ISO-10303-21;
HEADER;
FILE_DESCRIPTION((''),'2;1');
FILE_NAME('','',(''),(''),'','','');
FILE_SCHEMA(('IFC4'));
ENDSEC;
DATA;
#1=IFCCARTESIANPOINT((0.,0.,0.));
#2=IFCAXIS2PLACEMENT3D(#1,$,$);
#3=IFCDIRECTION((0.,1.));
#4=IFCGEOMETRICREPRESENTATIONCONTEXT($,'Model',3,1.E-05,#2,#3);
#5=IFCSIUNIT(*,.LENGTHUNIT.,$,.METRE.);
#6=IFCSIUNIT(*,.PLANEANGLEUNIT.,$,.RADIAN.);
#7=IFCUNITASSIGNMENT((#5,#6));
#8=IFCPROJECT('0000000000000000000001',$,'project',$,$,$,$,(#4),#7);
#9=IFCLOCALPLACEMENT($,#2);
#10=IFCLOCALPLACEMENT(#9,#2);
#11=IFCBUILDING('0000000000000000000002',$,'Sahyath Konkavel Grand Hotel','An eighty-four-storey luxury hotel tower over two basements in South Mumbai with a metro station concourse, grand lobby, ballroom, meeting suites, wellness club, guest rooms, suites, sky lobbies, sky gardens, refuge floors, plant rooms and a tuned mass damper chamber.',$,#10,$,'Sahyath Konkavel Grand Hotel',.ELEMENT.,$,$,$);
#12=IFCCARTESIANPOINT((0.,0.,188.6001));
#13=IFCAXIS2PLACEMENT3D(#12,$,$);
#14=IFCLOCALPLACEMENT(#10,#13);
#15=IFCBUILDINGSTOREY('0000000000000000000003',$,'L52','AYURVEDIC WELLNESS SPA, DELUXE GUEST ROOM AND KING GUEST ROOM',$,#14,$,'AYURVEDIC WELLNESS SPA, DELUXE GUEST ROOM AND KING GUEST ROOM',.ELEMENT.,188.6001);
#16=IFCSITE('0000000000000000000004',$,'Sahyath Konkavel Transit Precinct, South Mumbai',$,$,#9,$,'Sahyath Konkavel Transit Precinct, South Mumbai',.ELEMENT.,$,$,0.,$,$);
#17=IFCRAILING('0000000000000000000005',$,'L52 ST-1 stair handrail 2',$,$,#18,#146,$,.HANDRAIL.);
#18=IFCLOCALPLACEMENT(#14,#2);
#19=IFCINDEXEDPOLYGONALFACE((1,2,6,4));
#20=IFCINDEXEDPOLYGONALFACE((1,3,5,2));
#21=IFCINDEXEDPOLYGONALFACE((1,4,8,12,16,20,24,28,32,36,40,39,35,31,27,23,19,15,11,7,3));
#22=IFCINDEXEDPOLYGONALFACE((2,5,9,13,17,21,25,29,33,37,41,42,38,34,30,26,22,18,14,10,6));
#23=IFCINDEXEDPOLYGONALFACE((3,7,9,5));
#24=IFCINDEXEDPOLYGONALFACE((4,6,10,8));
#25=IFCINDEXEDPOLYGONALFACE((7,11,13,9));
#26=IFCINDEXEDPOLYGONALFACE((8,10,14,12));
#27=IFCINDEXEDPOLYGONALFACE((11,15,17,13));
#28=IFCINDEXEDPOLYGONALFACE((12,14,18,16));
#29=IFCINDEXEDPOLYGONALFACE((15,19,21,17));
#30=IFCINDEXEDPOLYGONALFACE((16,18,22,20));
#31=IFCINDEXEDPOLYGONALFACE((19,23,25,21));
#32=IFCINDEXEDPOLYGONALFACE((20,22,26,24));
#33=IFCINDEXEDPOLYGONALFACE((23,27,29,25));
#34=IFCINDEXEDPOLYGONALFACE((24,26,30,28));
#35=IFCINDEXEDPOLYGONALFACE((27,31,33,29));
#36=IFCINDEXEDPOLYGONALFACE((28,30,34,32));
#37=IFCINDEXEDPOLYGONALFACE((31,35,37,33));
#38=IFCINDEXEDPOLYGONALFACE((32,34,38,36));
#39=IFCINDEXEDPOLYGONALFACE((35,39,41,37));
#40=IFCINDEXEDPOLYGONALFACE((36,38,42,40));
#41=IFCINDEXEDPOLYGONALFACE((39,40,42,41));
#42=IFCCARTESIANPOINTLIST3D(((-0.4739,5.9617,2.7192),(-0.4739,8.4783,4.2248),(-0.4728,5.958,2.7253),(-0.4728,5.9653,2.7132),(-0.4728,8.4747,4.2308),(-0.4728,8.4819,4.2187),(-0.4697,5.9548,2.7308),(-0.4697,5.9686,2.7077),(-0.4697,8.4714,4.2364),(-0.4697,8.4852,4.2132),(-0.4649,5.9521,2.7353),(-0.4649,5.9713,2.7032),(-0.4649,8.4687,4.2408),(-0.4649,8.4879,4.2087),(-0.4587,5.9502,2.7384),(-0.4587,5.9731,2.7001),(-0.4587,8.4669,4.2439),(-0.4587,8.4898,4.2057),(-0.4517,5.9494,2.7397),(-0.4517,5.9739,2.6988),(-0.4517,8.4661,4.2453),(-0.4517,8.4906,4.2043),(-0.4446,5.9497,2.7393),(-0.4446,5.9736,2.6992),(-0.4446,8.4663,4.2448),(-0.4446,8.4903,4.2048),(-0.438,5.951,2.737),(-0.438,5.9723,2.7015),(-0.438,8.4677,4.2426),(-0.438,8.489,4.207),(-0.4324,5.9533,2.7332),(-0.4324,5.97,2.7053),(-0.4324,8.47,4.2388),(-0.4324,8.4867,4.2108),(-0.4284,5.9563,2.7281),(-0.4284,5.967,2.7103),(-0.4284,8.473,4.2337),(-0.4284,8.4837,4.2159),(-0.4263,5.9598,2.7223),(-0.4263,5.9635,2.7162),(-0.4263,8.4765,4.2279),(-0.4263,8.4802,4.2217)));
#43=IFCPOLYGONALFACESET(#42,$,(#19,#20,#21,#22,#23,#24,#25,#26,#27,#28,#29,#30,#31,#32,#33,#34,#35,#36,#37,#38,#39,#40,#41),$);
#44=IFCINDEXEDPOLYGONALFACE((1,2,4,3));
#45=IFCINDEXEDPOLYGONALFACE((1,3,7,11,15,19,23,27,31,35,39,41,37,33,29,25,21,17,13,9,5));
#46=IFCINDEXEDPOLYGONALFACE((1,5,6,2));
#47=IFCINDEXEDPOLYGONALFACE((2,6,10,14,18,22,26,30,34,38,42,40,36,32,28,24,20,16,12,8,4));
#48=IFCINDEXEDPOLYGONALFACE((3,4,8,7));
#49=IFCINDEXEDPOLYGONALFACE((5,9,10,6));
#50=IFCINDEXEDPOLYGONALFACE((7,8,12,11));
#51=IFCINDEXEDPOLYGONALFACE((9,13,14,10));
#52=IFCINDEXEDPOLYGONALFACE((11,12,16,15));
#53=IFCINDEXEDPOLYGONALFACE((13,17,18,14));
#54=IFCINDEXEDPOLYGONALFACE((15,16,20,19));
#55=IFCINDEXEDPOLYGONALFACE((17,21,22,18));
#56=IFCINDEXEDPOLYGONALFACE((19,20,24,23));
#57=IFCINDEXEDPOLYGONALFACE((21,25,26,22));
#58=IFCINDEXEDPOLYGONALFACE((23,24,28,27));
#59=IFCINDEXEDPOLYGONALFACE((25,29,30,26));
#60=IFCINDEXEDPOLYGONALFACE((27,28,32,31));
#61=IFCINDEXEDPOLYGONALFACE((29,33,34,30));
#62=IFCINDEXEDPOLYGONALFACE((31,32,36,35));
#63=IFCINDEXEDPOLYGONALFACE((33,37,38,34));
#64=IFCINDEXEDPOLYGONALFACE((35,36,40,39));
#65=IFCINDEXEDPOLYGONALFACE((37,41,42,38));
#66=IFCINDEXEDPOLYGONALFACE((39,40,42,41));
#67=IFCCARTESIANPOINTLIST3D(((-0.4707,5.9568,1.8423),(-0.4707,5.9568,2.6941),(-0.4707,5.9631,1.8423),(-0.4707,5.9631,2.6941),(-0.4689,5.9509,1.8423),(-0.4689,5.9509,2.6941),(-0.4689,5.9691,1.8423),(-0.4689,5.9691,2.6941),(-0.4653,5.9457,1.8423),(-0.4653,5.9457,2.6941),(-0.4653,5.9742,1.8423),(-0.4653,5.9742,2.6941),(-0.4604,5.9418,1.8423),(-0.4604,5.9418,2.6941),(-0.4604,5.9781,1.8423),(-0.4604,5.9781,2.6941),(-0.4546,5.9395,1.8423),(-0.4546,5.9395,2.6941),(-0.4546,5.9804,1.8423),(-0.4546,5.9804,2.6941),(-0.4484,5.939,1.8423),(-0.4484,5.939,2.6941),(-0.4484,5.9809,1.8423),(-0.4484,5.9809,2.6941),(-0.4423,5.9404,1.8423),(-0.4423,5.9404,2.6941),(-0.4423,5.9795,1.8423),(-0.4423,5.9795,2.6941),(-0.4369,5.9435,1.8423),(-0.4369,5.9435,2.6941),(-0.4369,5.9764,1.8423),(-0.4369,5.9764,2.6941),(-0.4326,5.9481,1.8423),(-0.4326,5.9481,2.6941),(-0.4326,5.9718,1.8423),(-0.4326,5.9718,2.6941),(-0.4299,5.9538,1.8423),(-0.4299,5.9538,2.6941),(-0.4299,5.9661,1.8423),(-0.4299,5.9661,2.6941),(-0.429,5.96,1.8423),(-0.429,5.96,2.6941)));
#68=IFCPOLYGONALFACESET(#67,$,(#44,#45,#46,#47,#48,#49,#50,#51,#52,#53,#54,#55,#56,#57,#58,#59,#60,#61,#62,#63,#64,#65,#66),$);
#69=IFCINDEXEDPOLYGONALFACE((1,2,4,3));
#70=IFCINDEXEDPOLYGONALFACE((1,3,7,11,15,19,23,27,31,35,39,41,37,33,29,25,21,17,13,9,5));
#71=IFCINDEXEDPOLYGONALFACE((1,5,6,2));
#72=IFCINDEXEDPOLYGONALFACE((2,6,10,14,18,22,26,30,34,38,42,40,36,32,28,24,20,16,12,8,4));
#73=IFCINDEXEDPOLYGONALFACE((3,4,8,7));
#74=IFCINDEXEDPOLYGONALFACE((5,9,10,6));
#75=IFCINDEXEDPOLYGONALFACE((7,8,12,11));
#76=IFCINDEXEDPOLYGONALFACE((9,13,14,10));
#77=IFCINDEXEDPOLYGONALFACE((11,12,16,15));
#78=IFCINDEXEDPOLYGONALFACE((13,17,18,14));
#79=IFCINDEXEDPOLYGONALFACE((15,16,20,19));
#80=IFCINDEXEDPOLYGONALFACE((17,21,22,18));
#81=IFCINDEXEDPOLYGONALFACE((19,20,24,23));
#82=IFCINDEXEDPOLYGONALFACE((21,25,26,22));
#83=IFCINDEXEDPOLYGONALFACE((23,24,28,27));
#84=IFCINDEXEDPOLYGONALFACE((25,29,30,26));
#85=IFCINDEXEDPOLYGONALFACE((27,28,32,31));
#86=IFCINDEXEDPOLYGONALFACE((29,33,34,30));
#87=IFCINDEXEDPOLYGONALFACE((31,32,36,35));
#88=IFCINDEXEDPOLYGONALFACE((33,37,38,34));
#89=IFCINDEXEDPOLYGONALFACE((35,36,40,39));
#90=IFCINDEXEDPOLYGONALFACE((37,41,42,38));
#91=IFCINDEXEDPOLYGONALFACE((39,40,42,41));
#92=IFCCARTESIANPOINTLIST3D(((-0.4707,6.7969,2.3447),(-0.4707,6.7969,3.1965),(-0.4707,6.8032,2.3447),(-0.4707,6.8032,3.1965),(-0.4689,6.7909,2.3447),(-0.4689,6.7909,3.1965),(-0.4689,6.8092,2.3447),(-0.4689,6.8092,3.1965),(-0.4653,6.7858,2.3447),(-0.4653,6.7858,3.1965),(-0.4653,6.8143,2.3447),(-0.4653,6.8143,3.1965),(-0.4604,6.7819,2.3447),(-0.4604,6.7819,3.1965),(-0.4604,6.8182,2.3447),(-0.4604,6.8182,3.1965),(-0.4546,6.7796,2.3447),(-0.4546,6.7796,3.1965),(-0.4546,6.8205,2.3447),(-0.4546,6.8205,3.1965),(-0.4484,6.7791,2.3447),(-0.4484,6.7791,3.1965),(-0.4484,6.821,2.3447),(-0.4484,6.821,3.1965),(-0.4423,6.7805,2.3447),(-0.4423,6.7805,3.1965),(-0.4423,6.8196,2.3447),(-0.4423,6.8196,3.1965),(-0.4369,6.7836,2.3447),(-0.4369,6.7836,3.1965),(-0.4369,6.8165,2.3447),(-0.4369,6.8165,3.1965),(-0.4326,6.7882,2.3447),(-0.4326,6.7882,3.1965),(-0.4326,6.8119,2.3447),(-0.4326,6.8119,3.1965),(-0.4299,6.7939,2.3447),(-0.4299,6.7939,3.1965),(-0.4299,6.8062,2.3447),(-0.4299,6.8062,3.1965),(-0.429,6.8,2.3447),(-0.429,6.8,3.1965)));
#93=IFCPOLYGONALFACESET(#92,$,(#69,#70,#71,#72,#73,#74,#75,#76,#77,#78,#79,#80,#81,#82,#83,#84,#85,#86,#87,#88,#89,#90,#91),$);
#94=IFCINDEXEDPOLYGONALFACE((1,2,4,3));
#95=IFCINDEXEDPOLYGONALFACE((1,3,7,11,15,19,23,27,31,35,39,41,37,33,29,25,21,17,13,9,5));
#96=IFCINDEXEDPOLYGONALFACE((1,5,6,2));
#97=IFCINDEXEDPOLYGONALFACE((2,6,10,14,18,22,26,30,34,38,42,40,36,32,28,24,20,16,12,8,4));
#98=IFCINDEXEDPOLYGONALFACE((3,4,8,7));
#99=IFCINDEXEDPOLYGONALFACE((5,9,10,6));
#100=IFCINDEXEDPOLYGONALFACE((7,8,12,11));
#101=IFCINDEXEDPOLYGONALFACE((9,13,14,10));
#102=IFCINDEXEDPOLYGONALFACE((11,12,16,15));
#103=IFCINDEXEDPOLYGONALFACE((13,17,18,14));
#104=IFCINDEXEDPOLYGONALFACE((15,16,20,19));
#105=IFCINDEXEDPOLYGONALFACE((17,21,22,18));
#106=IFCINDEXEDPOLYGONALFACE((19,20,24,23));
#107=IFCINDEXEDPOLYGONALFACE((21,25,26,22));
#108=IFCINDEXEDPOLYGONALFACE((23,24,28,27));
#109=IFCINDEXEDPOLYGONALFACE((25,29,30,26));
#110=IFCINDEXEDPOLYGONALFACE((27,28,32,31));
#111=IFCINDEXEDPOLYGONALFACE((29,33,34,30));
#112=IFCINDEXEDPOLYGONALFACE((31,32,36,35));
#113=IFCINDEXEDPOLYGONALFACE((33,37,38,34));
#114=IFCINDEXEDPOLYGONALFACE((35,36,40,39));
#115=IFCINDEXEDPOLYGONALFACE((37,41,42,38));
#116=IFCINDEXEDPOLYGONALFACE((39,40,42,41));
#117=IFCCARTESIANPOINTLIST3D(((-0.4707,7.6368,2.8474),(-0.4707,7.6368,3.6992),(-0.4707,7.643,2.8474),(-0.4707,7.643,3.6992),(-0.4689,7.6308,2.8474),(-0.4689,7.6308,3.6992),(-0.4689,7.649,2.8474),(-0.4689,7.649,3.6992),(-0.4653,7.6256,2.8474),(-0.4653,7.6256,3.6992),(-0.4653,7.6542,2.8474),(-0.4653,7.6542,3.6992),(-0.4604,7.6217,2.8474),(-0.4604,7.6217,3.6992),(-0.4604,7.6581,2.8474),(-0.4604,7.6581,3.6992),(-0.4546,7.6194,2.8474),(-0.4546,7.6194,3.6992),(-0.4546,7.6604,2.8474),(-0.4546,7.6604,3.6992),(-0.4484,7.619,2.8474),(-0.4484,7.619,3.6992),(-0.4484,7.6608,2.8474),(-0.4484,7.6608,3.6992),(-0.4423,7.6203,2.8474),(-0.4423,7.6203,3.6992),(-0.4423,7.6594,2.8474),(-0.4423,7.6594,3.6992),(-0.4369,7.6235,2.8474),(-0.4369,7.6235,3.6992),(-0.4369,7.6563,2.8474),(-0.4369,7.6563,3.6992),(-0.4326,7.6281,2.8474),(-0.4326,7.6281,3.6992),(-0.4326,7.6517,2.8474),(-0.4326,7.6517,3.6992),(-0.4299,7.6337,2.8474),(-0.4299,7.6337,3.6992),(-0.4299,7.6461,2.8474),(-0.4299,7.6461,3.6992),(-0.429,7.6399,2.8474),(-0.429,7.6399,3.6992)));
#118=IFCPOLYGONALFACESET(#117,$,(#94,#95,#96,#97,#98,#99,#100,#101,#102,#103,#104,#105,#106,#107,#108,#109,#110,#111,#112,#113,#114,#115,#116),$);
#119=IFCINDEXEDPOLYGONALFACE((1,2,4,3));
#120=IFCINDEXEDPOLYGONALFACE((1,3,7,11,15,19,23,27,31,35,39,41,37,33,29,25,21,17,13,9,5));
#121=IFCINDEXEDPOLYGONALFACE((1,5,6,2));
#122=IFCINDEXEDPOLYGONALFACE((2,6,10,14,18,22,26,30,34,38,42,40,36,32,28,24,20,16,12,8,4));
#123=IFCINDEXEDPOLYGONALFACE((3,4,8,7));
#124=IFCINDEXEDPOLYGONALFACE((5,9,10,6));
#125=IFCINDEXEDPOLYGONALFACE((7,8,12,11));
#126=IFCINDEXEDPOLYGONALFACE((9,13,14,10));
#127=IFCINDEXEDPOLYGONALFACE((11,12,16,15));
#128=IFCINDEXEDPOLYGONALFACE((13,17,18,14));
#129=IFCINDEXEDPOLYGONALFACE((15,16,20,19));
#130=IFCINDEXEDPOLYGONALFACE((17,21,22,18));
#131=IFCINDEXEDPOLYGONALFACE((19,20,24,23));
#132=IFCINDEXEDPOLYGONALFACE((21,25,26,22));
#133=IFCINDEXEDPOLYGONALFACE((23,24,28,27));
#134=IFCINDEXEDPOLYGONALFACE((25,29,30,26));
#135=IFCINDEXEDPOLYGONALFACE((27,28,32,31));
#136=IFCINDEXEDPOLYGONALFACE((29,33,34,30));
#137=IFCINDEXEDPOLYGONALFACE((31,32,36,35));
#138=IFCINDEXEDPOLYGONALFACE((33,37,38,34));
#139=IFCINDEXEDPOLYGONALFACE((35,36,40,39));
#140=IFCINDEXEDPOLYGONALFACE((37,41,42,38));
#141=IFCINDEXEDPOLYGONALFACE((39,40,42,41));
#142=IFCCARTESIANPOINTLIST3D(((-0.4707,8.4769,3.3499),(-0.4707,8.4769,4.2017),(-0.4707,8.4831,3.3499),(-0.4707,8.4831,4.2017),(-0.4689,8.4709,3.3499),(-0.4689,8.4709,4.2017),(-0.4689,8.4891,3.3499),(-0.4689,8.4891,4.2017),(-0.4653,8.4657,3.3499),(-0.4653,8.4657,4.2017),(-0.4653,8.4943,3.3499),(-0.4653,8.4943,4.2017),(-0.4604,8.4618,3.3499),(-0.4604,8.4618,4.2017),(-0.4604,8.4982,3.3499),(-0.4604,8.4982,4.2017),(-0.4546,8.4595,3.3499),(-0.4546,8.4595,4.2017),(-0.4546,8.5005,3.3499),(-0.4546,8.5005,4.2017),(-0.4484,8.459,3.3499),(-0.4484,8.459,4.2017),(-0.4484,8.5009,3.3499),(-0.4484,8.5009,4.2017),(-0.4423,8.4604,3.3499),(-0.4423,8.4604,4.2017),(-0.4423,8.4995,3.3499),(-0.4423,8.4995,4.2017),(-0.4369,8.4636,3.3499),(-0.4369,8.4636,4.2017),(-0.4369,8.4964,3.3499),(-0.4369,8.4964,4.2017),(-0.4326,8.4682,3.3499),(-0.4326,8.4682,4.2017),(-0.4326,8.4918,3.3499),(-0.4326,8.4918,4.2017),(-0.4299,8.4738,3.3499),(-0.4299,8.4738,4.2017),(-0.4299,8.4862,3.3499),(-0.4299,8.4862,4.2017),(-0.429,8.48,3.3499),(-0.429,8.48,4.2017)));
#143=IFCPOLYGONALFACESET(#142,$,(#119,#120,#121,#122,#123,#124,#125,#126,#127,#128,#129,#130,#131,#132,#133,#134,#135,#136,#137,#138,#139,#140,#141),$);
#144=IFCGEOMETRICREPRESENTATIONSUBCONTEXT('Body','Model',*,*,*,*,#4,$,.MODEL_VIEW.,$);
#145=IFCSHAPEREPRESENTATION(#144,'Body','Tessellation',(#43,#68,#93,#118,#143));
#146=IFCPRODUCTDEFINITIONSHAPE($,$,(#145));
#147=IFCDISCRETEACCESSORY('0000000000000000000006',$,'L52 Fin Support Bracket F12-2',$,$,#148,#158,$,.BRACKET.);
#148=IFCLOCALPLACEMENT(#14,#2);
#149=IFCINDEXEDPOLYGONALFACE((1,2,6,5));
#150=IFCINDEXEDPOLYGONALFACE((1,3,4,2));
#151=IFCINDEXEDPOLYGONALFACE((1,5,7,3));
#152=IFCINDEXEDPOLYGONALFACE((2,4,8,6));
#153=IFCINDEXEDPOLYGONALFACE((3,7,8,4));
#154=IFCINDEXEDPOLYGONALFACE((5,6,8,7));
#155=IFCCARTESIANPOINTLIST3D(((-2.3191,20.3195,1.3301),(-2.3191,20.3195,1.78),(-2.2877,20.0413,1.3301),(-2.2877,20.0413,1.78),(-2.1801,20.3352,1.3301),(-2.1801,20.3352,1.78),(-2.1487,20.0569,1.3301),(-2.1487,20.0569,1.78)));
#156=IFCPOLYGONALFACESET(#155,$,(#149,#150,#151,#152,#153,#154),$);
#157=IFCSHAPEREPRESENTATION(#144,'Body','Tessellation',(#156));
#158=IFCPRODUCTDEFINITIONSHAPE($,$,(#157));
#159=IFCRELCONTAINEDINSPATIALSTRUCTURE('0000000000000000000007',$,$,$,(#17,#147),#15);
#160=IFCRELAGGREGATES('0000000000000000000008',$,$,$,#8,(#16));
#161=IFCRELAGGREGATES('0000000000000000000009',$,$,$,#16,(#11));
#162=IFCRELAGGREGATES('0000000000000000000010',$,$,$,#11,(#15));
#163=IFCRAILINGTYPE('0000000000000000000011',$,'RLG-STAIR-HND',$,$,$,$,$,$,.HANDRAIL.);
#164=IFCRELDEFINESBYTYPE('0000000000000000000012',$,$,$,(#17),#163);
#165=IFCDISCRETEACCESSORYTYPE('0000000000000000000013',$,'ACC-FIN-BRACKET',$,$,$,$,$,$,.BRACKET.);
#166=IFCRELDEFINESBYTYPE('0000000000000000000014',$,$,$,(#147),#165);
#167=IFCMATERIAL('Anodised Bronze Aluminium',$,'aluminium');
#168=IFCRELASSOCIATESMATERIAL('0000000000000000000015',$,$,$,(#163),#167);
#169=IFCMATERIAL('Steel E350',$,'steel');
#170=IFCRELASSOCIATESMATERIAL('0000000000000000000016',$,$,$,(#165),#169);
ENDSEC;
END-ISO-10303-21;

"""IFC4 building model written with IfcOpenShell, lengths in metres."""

from ifc_helpers import new_model, si_unit, direction, frame, origin, origin_2d, place, context, subcontext, project, spatial, rectangle, circle, extrude, source, transform, mapped, material, type_object, element, save


model = new_model("IFC4")

# Units and contexts
model_context = context("Model", 3, precision=1e-05, world=origin(), true_north=direction((0.0, 1.0)))
body_context = subcontext(model_context, "Body", "Model", "MODEL_VIEW")
ifc_project = project(units=[si_unit("LENGTHUNIT", "METRE"), si_unit("PLANEANGLEUNIT", "RADIAN")], contexts=[model_context])

# Site, building, storey
site_placement = place(None, origin())
site = spatial("IfcSite", under=ifc_project, at=site_placement, Name="Sahyath Konkavel Transit Precinct, South Mumbai", LongName="Sahyath Konkavel Transit Precinct, South Mumbai", CompositionType="ELEMENT", RefElevation=0.0)
building_placement = place(site_placement, origin())
building = spatial("IfcBuilding", under=site, at=building_placement, Name="Sahyath Konkavel Grand Hotel", Description="An eighty-four-storey luxury hotel tower over two basements in South Mumbai with a metro station concourse, grand lobby, ballroom, meeting suites, wellness club, guest rooms, suites, sky lobbies, sky gardens, refuge floors, plant rooms and a tuned mass damper chamber.", LongName="Sahyath Konkavel Grand Hotel", CompositionType="ELEMENT")
storey_placement = place(building_placement, frame((0.0, 0.0, 188.6001)))
storey = spatial("IfcBuildingStorey", under=building, at=storey_placement, Name="L52", Description="AYURVEDIC WELLNESS SPA, DELUXE GUEST ROOM AND KING GUEST ROOM", LongName="AYURVEDIC WELLNESS SPA, DELUXE GUEST ROOM AND KING GUEST ROOM", CompositionType="ELEMENT", Elevation=188.6001)

# Shared definitions
ifc_material_1 = material(Name="Steel E350", Category="steel")

# Shared definitions
ifc_material_2 = material(Name="Anodised Bronze Aluminium", Category="aluminium")

# Railing
railing_type_1 = type_object("IfcRailingType", Name="RLG-STAIR-HND", PredefinedType="HANDRAIL", material=ifc_material_2)
railing_1_placement = place(storey_placement, frame((-0.45, 5.96, 1.8423)))
element("IfcRailing", 1, at=railing_1_placement, inside=storey, type_object=railing_type_1, Name="L52 ST-1 stair handrail 2", PredefinedType="HANDRAIL", context=body_context, shape_type="SweptSolid", body=[
    extrude(circle(Radius=0.0239, at=origin_2d()), frame((0.0, 0.0017, 0.877), z_axis=(0.0, 0.85816, 0.513383), x_axis=(-1.0, 0.0, 0.0)), (0.0, 0.0, 1.0), 2.9326),
    extrude(circle(Radius=0.021, at=origin_2d()), origin(), (0.0, 0.0, 1.0), 0.8518),
    extrude(circle(Radius=0.021, at=origin_2d()), frame((0.0, 0.8401, 0.5024)), (0.0, 0.0, 1.0), 0.8518),
    extrude(circle(Radius=0.021, at=origin_2d()), frame((0.0, 1.6799, 1.0051)), (0.0, 0.0, 1.0), 0.8518),
    extrude(circle(Radius=0.021, at=origin_2d()), frame((0.0, 2.52, 1.5076)), (0.0, 0.0, 1.0), 0.8518),
])

# Discrete accessory
discrete_accessory_type = type_object("IfcDiscreteAccessoryType", Name="ACC-FIN-BRACKET", PredefinedType="BRACKET", material=ifc_material_1)
shared_shape_1 = source(origin(), body_context, "Body", "SweptSolid", [
    extrude(rectangle(XDim=0.28, YDim=0.1399, at=origin_2d()), origin(), (0.0, 0.0, 1.0), 0.45),
])
discrete_accessory_placement = place(storey_placement, frame((-2.2339, 20.1882, 1.3301), z_axis=(0.0, 0.0, 1.0), x_axis=(-0.112007, 0.993707, 0.0)))
element("IfcDiscreteAccessory", 2, at=discrete_accessory_placement, inside=storey, type_object=discrete_accessory_type, Name="L52 Fin Support Bracket F12-2", PredefinedType="BRACKET", context=body_context, shape_type="MappedRepresentation", body=[
    mapped(shared_shape_1, transform((0.0, 0.0, 0.0), scale=1.0)),
])

save(model, "model.ifc")
